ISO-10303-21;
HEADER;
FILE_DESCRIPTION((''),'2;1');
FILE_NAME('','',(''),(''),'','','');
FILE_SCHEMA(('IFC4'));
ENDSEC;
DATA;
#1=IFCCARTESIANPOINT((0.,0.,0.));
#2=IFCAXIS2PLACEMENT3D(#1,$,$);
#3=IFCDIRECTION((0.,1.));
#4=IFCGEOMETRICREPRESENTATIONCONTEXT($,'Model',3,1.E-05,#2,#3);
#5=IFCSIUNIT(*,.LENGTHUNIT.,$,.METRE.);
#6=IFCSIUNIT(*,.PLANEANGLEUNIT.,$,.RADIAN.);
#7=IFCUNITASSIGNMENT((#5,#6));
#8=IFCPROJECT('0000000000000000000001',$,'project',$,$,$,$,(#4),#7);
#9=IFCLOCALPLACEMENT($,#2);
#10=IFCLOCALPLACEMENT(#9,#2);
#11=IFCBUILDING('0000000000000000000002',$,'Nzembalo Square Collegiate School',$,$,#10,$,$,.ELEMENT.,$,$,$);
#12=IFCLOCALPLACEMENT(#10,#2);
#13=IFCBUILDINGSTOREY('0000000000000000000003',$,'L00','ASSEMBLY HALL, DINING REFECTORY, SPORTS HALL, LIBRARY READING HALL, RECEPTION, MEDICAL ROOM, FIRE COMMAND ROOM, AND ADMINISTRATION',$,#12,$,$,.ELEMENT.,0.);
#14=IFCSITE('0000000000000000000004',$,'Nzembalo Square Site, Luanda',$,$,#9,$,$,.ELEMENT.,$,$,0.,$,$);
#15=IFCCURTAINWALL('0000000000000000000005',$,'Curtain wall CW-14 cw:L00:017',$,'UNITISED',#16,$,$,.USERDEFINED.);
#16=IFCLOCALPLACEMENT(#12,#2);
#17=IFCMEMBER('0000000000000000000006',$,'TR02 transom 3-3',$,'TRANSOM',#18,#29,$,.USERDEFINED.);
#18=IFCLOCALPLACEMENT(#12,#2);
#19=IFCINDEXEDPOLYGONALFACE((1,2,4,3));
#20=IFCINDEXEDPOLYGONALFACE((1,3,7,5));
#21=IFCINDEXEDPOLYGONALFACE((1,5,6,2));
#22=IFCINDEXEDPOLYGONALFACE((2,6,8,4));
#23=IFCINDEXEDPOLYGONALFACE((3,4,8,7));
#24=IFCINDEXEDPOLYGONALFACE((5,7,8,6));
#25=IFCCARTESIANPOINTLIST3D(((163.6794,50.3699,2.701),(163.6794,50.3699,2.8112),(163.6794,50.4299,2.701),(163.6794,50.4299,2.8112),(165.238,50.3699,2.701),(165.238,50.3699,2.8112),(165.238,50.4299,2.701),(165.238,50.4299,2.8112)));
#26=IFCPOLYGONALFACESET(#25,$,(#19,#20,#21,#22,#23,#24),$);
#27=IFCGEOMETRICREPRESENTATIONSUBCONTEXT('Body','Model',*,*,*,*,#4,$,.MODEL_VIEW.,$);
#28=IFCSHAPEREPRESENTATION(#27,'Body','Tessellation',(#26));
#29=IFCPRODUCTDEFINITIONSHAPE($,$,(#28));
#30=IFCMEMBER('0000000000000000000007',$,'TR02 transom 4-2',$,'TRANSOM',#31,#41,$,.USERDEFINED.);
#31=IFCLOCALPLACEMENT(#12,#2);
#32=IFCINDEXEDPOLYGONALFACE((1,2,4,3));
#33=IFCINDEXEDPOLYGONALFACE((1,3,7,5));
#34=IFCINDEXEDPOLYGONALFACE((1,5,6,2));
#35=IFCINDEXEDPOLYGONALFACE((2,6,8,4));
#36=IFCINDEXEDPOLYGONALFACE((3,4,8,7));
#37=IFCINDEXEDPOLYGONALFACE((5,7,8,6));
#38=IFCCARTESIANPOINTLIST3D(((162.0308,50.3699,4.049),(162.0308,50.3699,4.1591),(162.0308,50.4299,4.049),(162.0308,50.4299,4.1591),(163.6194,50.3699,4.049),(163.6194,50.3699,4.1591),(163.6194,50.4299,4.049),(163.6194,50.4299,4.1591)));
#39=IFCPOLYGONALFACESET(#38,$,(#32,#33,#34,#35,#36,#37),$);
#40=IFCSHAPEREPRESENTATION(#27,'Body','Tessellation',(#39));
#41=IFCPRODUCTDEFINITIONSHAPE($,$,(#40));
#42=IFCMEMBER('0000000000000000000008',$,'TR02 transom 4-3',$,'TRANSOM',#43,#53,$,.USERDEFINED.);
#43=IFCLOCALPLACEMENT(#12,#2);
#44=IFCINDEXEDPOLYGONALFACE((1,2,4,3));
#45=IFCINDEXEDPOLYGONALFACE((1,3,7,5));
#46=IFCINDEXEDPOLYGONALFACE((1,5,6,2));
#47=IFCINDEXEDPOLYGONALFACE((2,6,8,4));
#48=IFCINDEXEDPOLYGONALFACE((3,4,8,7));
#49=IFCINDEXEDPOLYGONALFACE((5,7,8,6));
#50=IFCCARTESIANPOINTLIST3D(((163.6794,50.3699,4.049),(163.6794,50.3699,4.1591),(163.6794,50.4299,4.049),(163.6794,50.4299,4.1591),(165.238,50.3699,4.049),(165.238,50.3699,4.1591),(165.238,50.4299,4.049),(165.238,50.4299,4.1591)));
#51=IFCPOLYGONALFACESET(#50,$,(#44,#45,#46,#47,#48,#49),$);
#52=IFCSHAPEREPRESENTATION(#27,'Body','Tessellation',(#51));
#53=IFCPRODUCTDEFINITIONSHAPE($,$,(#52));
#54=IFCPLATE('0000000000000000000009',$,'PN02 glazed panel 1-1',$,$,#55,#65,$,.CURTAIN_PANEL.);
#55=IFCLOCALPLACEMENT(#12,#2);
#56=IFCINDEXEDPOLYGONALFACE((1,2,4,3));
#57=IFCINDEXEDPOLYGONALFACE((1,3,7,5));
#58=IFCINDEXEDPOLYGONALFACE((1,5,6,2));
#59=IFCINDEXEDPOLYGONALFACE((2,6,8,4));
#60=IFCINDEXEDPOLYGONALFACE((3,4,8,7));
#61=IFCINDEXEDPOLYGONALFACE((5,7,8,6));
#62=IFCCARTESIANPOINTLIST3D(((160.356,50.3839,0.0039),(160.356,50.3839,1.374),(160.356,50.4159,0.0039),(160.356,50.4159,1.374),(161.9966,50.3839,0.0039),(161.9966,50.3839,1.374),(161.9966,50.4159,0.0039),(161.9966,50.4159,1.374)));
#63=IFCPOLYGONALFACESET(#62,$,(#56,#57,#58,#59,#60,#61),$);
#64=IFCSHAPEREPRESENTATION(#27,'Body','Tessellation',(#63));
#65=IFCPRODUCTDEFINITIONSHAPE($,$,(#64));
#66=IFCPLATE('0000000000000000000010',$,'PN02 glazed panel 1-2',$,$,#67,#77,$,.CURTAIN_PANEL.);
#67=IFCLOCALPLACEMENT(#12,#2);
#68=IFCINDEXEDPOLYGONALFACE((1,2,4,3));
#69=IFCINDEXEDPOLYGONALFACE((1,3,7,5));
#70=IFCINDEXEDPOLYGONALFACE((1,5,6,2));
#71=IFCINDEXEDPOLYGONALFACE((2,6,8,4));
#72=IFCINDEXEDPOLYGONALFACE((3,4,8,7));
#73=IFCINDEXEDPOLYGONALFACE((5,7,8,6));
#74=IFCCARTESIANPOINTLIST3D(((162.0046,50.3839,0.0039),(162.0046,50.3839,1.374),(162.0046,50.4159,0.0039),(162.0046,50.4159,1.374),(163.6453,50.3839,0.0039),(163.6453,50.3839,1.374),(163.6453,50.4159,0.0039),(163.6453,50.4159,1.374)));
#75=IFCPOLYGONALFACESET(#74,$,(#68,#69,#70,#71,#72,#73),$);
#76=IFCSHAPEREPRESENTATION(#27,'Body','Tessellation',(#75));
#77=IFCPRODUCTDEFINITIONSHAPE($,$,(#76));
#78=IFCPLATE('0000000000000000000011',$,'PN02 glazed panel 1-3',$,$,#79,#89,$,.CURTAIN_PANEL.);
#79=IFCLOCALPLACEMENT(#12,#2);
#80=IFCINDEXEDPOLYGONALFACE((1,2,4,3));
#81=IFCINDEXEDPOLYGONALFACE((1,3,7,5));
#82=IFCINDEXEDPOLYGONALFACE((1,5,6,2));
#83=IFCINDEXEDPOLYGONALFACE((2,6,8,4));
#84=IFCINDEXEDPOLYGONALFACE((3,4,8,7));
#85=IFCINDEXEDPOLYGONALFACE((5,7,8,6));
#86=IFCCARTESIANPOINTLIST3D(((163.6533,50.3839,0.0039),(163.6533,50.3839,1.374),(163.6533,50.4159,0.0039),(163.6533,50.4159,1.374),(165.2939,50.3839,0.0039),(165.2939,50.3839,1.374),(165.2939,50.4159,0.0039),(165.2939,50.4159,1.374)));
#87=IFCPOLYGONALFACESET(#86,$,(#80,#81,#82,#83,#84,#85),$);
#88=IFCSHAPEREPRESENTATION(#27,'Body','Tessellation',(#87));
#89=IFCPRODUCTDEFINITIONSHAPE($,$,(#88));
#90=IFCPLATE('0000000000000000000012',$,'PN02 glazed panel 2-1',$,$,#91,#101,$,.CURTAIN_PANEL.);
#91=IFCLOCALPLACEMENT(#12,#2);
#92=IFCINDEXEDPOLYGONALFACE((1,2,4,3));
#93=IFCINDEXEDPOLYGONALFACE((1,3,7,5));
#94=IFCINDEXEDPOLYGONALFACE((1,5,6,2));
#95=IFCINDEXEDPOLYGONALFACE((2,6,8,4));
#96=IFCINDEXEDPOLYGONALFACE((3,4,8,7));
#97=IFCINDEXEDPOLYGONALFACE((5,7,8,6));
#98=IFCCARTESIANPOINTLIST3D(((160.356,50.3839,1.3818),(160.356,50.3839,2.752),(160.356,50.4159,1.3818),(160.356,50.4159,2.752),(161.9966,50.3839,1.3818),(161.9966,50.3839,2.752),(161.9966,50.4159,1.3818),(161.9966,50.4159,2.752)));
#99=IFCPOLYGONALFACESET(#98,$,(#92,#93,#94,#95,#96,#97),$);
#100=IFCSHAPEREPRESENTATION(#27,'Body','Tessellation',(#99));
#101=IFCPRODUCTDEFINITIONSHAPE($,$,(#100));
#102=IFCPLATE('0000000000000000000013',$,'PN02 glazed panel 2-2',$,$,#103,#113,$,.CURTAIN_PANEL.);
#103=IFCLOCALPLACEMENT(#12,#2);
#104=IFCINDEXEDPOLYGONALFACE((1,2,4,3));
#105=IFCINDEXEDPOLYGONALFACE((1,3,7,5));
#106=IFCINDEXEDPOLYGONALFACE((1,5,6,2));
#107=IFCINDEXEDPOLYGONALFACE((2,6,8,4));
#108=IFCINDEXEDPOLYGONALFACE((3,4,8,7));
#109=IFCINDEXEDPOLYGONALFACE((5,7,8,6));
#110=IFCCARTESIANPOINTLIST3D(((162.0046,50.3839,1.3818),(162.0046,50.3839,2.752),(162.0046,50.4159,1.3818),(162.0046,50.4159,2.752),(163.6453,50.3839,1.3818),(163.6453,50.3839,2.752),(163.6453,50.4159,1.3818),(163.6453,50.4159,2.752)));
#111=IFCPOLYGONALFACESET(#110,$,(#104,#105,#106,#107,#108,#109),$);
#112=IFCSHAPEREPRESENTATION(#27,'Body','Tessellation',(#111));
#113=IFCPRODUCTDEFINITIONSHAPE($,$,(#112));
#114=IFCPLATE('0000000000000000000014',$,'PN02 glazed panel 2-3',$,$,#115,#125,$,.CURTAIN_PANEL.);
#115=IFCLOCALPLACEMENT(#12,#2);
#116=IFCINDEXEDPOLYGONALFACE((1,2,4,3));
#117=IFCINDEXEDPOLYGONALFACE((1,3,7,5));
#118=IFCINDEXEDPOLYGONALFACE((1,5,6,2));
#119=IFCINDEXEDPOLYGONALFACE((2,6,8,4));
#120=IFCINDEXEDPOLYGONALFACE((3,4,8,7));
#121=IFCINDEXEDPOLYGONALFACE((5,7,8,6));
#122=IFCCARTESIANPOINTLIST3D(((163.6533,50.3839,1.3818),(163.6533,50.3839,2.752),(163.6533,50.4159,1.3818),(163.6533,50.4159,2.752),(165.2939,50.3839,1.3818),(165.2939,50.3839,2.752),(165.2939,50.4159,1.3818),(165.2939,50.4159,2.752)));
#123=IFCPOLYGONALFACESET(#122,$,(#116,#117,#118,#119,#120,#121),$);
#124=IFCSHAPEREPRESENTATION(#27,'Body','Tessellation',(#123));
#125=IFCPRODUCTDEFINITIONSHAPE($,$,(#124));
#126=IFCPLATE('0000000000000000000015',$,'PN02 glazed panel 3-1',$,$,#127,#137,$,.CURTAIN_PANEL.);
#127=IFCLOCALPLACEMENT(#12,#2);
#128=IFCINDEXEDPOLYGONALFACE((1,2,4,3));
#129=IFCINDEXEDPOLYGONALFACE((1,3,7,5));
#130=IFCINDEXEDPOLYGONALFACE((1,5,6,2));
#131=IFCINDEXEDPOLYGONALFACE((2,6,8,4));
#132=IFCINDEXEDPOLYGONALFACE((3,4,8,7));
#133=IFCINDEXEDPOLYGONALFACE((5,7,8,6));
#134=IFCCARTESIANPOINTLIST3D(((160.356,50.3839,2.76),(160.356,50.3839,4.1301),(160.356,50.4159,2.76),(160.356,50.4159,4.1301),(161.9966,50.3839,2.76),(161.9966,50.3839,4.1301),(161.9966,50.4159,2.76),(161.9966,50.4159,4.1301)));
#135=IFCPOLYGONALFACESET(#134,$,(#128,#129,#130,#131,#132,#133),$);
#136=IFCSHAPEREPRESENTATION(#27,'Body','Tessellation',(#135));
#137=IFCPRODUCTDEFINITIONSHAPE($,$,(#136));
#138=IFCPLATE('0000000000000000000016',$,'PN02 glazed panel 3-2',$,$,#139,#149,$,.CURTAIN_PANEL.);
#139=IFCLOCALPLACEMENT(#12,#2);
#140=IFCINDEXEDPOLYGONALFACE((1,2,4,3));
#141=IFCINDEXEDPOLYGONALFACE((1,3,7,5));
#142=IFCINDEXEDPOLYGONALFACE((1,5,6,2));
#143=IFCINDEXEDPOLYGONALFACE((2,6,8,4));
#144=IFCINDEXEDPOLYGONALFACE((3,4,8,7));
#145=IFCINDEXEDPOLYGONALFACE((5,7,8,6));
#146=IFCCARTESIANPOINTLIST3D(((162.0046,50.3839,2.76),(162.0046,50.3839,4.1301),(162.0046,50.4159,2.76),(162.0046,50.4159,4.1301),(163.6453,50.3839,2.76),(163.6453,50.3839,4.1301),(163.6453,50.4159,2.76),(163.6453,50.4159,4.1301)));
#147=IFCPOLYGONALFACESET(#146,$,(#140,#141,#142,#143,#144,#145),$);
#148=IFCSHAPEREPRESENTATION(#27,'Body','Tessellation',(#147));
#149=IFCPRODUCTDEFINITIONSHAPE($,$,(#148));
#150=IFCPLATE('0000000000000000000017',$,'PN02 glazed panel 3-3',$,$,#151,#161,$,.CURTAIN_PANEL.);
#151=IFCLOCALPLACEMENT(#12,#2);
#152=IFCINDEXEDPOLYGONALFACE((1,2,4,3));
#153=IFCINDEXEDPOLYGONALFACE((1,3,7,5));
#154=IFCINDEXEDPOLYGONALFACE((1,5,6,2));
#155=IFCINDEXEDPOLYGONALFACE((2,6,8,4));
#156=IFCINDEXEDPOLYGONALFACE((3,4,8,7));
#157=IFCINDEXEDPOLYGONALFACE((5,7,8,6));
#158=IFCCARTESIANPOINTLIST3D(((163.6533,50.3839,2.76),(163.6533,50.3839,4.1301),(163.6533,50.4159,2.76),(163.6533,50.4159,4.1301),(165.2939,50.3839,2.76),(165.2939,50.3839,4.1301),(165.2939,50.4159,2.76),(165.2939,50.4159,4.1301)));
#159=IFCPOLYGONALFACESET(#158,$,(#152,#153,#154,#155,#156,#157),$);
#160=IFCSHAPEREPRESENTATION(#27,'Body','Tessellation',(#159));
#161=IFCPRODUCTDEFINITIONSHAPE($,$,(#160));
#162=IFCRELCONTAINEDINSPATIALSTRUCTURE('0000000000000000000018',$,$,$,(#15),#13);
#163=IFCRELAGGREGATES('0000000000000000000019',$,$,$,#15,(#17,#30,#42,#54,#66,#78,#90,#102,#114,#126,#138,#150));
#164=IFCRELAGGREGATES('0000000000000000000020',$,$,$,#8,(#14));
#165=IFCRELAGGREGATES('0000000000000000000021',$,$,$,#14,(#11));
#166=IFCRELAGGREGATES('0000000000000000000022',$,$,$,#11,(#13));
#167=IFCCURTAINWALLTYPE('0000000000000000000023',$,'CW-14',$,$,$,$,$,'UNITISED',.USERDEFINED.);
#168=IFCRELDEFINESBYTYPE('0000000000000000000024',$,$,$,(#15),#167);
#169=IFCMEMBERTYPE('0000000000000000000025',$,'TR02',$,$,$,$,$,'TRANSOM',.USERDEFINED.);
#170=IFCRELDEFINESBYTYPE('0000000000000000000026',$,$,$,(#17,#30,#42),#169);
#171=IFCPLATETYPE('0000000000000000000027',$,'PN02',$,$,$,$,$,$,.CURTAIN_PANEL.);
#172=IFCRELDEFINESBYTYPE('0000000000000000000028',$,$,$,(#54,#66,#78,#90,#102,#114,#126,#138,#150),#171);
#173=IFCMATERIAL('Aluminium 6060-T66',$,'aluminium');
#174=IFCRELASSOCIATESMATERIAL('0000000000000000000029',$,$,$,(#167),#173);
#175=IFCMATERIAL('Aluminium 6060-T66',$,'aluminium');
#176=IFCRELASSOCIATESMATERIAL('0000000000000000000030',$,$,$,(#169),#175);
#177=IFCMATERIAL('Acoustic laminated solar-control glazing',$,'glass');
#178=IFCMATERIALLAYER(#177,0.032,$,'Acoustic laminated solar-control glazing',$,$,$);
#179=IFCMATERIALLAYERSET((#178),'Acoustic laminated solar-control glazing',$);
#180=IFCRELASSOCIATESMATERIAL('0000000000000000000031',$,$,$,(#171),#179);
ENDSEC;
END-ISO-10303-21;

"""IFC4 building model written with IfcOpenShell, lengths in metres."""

from ifc_helpers import new_model, si_unit, direction, frame, origin, origin_2d, place, context, subcontext, project, spatial, rectangle, extrude, material, layer, layer_set, material_profile, profile_set, type_object, element, aggregate, save


model = new_model("IFC4")

# Units and contexts
model_context = context("Model", 3, precision=1e-05, world=origin(), true_north=direction((0.0, 1.0)))
body_context = subcontext(model_context, "Body", "Model", "MODEL_VIEW")
ifc_project = project(units=[si_unit("LENGTHUNIT", "METRE"), si_unit("PLANEANGLEUNIT", "RADIAN")], contexts=[model_context])

# Site, building, storey
site_placement = place(None, origin())
site = spatial("IfcSite", under=ifc_project, at=site_placement, Name="Nzembalo Square Site, Luanda", CompositionType="ELEMENT", RefElevation=0.0)
building_placement = place(site_placement, origin())
building = spatial("IfcBuilding", under=site, at=building_placement, Name="Nzembalo Square Collegiate School", CompositionType="ELEMENT")
storey_placement = place(building_placement, origin())
storey = spatial("IfcBuildingStorey", under=building, at=storey_placement, Name="L00", Description="ASSEMBLY HALL, DINING REFECTORY, SPORTS HALL, LIBRARY READING HALL, RECEPTION, MEDICAL ROOM, FIRE COMMAND ROOM, AND ADMINISTRATION", CompositionType="ELEMENT", Elevation=0.0)

# Curtain wall, members, plates
ifc_material_1 = material(Name="Aluminium 6060-T66", Category="aluminium")
curtain_wall_type = type_object("IfcCurtainWallType", Name="CW-14", ElementType="UNITISED", PredefinedType="USERDEFINED", material=ifc_material_1)
curtain_wall_placement = place(storey_placement, origin())
curtain_wall = element("IfcCurtainWall", 1, at=curtain_wall_placement, inside=storey, type_object=curtain_wall_type, Name="Curtain wall CW-14 cw:L00:017", ObjectType="UNITISED", PredefinedType="USERDEFINED")
ifc_material_2 = material(Name="Aluminium 6060-T66", Category="aluminium")
ifc_material_profile_1 = material_profile(ifc_material_2, rectangle(XDim=0.0601, YDim=0.1101, at=origin_2d()), Name="ALU T60x110")
ifc_profile_set_1 = profile_set([ifc_material_profile_1], Name="Aluminium 6060-T66")
member_type_1 = type_object("IfcMemberType", Name="TR02", ElementType="TRANSOM", PredefinedType="USERDEFINED", material=ifc_profile_set_1)
member_1_placement = place(storey_placement, frame((163.6794, 50.3999, 2.7561), z_axis=(1.0, 0.0, 0.0), x_axis=(0.0, 1.0, 0.0)))
member_1 = element("IfcMember", 2, at=member_1_placement, type_object=member_type_1, Name="TR02 transom 3-3", ObjectType="TRANSOM", PredefinedType="USERDEFINED", context=body_context, shape_type="SweptSolid", body=[
    extrude(rectangle(XDim=0.0601, YDim=0.1101, at=origin_2d()), origin(), (0.0, 0.0, 1.0), 1.5586),
])
member_2_placement = place(storey_placement, frame((162.0308, 50.3999, 4.104), z_axis=(1.0, 0.0, 0.0), x_axis=(0.0, 1.0, 0.0)))
member_2 = element("IfcMember", 3, at=member_2_placement, type_object=member_type_1, Name="TR02 transom 4-2", ObjectType="TRANSOM", PredefinedType="USERDEFINED", context=body_context, shape_type="SweptSolid", body=[
    extrude(rectangle(XDim=0.0601, YDim=0.1101, at=origin_2d()), origin(), (0.0, 0.0, 1.0), 1.5886),
])
member_3_placement = place(storey_placement, frame((163.6794, 50.3999, 4.104), z_axis=(1.0, 0.0, 0.0), x_axis=(0.0, 1.0, 0.0)))
member_3 = element("IfcMember", 4, at=member_3_placement, type_object=member_type_1, Name="TR02 transom 4-3", ObjectType="TRANSOM", PredefinedType="USERDEFINED", context=body_context, shape_type="SweptSolid", body=[
    extrude(rectangle(XDim=0.0601, YDim=0.1101, at=origin_2d()), origin(), (0.0, 0.0, 1.0), 1.5586),
])
ifc_material_3 = material(Name="Acoustic laminated solar-control glazing", Category="glass")
ifc_layer = layer(ifc_material_3, 0.032, Name="Acoustic laminated solar-control glazing")
ifc_layer_set = layer_set([ifc_layer], Name="Acoustic laminated solar-control glazing")
plate_type = type_object("IfcPlateType", Name="PN02", PredefinedType="CURTAIN_PANEL", material=ifc_layer_set)
plate_1_placement = place(storey_placement, frame((161.1763, 50.3999, 0.0039), z_axis=(0.0, 0.0, 1.0), x_axis=(1.0, 0.0, 0.0)))
plate_1 = element("IfcPlate", 5, at=plate_1_placement, type_object=plate_type, Name="PN02 glazed panel 1-1", PredefinedType="CURTAIN_PANEL", context=body_context, shape_type="SweptSolid", body=[
    extrude(rectangle(XDim=1.6406, YDim=0.032, at=origin_2d()), origin(), (0.0, 0.0, 1.0), 1.3701),
])
plate_2_placement = place(storey_placement, frame((162.825, 50.3999, 0.0039), z_axis=(0.0, 0.0, 1.0), x_axis=(1.0, 0.0, 0.0)))
plate_2 = element("IfcPlate", 6, at=plate_2_placement, type_object=plate_type, Name="PN02 glazed panel 1-2", PredefinedType="CURTAIN_PANEL", context=body_context, shape_type="SweptSolid", body=[
    extrude(rectangle(XDim=1.6406, YDim=0.032, at=origin_2d()), origin(), (0.0, 0.0, 1.0), 1.3701),
])
plate_3_placement = place(storey_placement, frame((164.4736, 50.3999, 0.0039), z_axis=(0.0, 0.0, 1.0), x_axis=(1.0, 0.0, 0.0)))
plate_3 = element("IfcPlate", 7, at=plate_3_placement, type_object=plate_type, Name="PN02 glazed panel 1-3", PredefinedType="CURTAIN_PANEL", context=body_context, shape_type="SweptSolid", body=[
    extrude(rectangle(XDim=1.6406, YDim=0.032, at=origin_2d()), origin(), (0.0, 0.0, 1.0), 1.3701),
])
plate_4_placement = place(storey_placement, frame((161.1763, 50.3999, 1.3818), z_axis=(0.0, 0.0, 1.0), x_axis=(1.0, 0.0, 0.0)))
plate_4 = element("IfcPlate", 8, at=plate_4_placement, type_object=plate_type, Name="PN02 glazed panel 2-1", PredefinedType="CURTAIN_PANEL", context=body_context, shape_type="SweptSolid", body=[
    extrude(rectangle(XDim=1.6406, YDim=0.032, at=origin_2d()), origin(), (0.0, 0.0, 1.0), 1.3701),
])
plate_5_placement = place(storey_placement, frame((162.825, 50.3999, 1.3818), z_axis=(0.0, 0.0, 1.0), x_axis=(1.0, 0.0, 0.0)))
plate_5 = element("IfcPlate", 9, at=plate_5_placement, type_object=plate_type, Name="PN02 glazed panel 2-2", PredefinedType="CURTAIN_PANEL", context=body_context, shape_type="SweptSolid", body=[
    extrude(rectangle(XDim=1.6406, YDim=0.032, at=origin_2d()), origin(), (0.0, 0.0, 1.0), 1.3701),
])
plate_6_placement = place(storey_placement, frame((164.4736, 50.3999, 1.3818), z_axis=(0.0, 0.0, 1.0), x_axis=(1.0, 0.0, 0.0)))
plate_6 = element("IfcPlate", 10, at=plate_6_placement, type_object=plate_type, Name="PN02 glazed panel 2-3", PredefinedType="CURTAIN_PANEL", context=body_context, shape_type="SweptSolid", body=[
    extrude(rectangle(XDim=1.6406, YDim=0.032, at=origin_2d()), origin(), (0.0, 0.0, 1.0), 1.3701),
])
plate_7_placement = place(storey_placement, frame((161.1763, 50.3999, 2.76), z_axis=(0.0, 0.0, 1.0), x_axis=(1.0, 0.0, 0.0)))
plate_7 = element("IfcPlate", 11, at=plate_7_placement, type_object=plate_type, Name="PN02 glazed panel 3-1", PredefinedType="CURTAIN_PANEL", context=body_context, shape_type="SweptSolid", body=[
    extrude(rectangle(XDim=1.6406, YDim=0.032, at=origin_2d()), origin(), (0.0, 0.0, 1.0), 1.3701),
])
plate_8_placement = place(storey_placement, frame((162.825, 50.3999, 2.76), z_axis=(0.0, 0.0, 1.0), x_axis=(1.0, 0.0, 0.0)))
plate_8 = element("IfcPlate", 12, at=plate_8_placement, type_object=plate_type, Name="PN02 glazed panel 3-2", PredefinedType="CURTAIN_PANEL", context=body_context, shape_type="SweptSolid", body=[
    extrude(rectangle(XDim=1.6406, YDim=0.032, at=origin_2d()), origin(), (0.0, 0.0, 1.0), 1.3701),
])
plate_9_placement = place(storey_placement, frame((164.4736, 50.3999, 2.76), z_axis=(0.0, 0.0, 1.0), x_axis=(1.0, 0.0, 0.0)))
plate_9 = element("IfcPlate", 13, at=plate_9_placement, type_object=plate_type, Name="PN02 glazed panel 3-3", PredefinedType="CURTAIN_PANEL", context=body_context, shape_type="SweptSolid", body=[
    extrude(rectangle(XDim=1.6406, YDim=0.032, at=origin_2d()), origin(), (0.0, 0.0, 1.0), 1.3701),
])
aggregate(curtain_wall, [member_1, member_2, member_3, plate_1, plate_2, plate_3, plate_4, plate_5, plate_6, plate_7, plate_8, plate_9])

save(model, "model.ifc")
